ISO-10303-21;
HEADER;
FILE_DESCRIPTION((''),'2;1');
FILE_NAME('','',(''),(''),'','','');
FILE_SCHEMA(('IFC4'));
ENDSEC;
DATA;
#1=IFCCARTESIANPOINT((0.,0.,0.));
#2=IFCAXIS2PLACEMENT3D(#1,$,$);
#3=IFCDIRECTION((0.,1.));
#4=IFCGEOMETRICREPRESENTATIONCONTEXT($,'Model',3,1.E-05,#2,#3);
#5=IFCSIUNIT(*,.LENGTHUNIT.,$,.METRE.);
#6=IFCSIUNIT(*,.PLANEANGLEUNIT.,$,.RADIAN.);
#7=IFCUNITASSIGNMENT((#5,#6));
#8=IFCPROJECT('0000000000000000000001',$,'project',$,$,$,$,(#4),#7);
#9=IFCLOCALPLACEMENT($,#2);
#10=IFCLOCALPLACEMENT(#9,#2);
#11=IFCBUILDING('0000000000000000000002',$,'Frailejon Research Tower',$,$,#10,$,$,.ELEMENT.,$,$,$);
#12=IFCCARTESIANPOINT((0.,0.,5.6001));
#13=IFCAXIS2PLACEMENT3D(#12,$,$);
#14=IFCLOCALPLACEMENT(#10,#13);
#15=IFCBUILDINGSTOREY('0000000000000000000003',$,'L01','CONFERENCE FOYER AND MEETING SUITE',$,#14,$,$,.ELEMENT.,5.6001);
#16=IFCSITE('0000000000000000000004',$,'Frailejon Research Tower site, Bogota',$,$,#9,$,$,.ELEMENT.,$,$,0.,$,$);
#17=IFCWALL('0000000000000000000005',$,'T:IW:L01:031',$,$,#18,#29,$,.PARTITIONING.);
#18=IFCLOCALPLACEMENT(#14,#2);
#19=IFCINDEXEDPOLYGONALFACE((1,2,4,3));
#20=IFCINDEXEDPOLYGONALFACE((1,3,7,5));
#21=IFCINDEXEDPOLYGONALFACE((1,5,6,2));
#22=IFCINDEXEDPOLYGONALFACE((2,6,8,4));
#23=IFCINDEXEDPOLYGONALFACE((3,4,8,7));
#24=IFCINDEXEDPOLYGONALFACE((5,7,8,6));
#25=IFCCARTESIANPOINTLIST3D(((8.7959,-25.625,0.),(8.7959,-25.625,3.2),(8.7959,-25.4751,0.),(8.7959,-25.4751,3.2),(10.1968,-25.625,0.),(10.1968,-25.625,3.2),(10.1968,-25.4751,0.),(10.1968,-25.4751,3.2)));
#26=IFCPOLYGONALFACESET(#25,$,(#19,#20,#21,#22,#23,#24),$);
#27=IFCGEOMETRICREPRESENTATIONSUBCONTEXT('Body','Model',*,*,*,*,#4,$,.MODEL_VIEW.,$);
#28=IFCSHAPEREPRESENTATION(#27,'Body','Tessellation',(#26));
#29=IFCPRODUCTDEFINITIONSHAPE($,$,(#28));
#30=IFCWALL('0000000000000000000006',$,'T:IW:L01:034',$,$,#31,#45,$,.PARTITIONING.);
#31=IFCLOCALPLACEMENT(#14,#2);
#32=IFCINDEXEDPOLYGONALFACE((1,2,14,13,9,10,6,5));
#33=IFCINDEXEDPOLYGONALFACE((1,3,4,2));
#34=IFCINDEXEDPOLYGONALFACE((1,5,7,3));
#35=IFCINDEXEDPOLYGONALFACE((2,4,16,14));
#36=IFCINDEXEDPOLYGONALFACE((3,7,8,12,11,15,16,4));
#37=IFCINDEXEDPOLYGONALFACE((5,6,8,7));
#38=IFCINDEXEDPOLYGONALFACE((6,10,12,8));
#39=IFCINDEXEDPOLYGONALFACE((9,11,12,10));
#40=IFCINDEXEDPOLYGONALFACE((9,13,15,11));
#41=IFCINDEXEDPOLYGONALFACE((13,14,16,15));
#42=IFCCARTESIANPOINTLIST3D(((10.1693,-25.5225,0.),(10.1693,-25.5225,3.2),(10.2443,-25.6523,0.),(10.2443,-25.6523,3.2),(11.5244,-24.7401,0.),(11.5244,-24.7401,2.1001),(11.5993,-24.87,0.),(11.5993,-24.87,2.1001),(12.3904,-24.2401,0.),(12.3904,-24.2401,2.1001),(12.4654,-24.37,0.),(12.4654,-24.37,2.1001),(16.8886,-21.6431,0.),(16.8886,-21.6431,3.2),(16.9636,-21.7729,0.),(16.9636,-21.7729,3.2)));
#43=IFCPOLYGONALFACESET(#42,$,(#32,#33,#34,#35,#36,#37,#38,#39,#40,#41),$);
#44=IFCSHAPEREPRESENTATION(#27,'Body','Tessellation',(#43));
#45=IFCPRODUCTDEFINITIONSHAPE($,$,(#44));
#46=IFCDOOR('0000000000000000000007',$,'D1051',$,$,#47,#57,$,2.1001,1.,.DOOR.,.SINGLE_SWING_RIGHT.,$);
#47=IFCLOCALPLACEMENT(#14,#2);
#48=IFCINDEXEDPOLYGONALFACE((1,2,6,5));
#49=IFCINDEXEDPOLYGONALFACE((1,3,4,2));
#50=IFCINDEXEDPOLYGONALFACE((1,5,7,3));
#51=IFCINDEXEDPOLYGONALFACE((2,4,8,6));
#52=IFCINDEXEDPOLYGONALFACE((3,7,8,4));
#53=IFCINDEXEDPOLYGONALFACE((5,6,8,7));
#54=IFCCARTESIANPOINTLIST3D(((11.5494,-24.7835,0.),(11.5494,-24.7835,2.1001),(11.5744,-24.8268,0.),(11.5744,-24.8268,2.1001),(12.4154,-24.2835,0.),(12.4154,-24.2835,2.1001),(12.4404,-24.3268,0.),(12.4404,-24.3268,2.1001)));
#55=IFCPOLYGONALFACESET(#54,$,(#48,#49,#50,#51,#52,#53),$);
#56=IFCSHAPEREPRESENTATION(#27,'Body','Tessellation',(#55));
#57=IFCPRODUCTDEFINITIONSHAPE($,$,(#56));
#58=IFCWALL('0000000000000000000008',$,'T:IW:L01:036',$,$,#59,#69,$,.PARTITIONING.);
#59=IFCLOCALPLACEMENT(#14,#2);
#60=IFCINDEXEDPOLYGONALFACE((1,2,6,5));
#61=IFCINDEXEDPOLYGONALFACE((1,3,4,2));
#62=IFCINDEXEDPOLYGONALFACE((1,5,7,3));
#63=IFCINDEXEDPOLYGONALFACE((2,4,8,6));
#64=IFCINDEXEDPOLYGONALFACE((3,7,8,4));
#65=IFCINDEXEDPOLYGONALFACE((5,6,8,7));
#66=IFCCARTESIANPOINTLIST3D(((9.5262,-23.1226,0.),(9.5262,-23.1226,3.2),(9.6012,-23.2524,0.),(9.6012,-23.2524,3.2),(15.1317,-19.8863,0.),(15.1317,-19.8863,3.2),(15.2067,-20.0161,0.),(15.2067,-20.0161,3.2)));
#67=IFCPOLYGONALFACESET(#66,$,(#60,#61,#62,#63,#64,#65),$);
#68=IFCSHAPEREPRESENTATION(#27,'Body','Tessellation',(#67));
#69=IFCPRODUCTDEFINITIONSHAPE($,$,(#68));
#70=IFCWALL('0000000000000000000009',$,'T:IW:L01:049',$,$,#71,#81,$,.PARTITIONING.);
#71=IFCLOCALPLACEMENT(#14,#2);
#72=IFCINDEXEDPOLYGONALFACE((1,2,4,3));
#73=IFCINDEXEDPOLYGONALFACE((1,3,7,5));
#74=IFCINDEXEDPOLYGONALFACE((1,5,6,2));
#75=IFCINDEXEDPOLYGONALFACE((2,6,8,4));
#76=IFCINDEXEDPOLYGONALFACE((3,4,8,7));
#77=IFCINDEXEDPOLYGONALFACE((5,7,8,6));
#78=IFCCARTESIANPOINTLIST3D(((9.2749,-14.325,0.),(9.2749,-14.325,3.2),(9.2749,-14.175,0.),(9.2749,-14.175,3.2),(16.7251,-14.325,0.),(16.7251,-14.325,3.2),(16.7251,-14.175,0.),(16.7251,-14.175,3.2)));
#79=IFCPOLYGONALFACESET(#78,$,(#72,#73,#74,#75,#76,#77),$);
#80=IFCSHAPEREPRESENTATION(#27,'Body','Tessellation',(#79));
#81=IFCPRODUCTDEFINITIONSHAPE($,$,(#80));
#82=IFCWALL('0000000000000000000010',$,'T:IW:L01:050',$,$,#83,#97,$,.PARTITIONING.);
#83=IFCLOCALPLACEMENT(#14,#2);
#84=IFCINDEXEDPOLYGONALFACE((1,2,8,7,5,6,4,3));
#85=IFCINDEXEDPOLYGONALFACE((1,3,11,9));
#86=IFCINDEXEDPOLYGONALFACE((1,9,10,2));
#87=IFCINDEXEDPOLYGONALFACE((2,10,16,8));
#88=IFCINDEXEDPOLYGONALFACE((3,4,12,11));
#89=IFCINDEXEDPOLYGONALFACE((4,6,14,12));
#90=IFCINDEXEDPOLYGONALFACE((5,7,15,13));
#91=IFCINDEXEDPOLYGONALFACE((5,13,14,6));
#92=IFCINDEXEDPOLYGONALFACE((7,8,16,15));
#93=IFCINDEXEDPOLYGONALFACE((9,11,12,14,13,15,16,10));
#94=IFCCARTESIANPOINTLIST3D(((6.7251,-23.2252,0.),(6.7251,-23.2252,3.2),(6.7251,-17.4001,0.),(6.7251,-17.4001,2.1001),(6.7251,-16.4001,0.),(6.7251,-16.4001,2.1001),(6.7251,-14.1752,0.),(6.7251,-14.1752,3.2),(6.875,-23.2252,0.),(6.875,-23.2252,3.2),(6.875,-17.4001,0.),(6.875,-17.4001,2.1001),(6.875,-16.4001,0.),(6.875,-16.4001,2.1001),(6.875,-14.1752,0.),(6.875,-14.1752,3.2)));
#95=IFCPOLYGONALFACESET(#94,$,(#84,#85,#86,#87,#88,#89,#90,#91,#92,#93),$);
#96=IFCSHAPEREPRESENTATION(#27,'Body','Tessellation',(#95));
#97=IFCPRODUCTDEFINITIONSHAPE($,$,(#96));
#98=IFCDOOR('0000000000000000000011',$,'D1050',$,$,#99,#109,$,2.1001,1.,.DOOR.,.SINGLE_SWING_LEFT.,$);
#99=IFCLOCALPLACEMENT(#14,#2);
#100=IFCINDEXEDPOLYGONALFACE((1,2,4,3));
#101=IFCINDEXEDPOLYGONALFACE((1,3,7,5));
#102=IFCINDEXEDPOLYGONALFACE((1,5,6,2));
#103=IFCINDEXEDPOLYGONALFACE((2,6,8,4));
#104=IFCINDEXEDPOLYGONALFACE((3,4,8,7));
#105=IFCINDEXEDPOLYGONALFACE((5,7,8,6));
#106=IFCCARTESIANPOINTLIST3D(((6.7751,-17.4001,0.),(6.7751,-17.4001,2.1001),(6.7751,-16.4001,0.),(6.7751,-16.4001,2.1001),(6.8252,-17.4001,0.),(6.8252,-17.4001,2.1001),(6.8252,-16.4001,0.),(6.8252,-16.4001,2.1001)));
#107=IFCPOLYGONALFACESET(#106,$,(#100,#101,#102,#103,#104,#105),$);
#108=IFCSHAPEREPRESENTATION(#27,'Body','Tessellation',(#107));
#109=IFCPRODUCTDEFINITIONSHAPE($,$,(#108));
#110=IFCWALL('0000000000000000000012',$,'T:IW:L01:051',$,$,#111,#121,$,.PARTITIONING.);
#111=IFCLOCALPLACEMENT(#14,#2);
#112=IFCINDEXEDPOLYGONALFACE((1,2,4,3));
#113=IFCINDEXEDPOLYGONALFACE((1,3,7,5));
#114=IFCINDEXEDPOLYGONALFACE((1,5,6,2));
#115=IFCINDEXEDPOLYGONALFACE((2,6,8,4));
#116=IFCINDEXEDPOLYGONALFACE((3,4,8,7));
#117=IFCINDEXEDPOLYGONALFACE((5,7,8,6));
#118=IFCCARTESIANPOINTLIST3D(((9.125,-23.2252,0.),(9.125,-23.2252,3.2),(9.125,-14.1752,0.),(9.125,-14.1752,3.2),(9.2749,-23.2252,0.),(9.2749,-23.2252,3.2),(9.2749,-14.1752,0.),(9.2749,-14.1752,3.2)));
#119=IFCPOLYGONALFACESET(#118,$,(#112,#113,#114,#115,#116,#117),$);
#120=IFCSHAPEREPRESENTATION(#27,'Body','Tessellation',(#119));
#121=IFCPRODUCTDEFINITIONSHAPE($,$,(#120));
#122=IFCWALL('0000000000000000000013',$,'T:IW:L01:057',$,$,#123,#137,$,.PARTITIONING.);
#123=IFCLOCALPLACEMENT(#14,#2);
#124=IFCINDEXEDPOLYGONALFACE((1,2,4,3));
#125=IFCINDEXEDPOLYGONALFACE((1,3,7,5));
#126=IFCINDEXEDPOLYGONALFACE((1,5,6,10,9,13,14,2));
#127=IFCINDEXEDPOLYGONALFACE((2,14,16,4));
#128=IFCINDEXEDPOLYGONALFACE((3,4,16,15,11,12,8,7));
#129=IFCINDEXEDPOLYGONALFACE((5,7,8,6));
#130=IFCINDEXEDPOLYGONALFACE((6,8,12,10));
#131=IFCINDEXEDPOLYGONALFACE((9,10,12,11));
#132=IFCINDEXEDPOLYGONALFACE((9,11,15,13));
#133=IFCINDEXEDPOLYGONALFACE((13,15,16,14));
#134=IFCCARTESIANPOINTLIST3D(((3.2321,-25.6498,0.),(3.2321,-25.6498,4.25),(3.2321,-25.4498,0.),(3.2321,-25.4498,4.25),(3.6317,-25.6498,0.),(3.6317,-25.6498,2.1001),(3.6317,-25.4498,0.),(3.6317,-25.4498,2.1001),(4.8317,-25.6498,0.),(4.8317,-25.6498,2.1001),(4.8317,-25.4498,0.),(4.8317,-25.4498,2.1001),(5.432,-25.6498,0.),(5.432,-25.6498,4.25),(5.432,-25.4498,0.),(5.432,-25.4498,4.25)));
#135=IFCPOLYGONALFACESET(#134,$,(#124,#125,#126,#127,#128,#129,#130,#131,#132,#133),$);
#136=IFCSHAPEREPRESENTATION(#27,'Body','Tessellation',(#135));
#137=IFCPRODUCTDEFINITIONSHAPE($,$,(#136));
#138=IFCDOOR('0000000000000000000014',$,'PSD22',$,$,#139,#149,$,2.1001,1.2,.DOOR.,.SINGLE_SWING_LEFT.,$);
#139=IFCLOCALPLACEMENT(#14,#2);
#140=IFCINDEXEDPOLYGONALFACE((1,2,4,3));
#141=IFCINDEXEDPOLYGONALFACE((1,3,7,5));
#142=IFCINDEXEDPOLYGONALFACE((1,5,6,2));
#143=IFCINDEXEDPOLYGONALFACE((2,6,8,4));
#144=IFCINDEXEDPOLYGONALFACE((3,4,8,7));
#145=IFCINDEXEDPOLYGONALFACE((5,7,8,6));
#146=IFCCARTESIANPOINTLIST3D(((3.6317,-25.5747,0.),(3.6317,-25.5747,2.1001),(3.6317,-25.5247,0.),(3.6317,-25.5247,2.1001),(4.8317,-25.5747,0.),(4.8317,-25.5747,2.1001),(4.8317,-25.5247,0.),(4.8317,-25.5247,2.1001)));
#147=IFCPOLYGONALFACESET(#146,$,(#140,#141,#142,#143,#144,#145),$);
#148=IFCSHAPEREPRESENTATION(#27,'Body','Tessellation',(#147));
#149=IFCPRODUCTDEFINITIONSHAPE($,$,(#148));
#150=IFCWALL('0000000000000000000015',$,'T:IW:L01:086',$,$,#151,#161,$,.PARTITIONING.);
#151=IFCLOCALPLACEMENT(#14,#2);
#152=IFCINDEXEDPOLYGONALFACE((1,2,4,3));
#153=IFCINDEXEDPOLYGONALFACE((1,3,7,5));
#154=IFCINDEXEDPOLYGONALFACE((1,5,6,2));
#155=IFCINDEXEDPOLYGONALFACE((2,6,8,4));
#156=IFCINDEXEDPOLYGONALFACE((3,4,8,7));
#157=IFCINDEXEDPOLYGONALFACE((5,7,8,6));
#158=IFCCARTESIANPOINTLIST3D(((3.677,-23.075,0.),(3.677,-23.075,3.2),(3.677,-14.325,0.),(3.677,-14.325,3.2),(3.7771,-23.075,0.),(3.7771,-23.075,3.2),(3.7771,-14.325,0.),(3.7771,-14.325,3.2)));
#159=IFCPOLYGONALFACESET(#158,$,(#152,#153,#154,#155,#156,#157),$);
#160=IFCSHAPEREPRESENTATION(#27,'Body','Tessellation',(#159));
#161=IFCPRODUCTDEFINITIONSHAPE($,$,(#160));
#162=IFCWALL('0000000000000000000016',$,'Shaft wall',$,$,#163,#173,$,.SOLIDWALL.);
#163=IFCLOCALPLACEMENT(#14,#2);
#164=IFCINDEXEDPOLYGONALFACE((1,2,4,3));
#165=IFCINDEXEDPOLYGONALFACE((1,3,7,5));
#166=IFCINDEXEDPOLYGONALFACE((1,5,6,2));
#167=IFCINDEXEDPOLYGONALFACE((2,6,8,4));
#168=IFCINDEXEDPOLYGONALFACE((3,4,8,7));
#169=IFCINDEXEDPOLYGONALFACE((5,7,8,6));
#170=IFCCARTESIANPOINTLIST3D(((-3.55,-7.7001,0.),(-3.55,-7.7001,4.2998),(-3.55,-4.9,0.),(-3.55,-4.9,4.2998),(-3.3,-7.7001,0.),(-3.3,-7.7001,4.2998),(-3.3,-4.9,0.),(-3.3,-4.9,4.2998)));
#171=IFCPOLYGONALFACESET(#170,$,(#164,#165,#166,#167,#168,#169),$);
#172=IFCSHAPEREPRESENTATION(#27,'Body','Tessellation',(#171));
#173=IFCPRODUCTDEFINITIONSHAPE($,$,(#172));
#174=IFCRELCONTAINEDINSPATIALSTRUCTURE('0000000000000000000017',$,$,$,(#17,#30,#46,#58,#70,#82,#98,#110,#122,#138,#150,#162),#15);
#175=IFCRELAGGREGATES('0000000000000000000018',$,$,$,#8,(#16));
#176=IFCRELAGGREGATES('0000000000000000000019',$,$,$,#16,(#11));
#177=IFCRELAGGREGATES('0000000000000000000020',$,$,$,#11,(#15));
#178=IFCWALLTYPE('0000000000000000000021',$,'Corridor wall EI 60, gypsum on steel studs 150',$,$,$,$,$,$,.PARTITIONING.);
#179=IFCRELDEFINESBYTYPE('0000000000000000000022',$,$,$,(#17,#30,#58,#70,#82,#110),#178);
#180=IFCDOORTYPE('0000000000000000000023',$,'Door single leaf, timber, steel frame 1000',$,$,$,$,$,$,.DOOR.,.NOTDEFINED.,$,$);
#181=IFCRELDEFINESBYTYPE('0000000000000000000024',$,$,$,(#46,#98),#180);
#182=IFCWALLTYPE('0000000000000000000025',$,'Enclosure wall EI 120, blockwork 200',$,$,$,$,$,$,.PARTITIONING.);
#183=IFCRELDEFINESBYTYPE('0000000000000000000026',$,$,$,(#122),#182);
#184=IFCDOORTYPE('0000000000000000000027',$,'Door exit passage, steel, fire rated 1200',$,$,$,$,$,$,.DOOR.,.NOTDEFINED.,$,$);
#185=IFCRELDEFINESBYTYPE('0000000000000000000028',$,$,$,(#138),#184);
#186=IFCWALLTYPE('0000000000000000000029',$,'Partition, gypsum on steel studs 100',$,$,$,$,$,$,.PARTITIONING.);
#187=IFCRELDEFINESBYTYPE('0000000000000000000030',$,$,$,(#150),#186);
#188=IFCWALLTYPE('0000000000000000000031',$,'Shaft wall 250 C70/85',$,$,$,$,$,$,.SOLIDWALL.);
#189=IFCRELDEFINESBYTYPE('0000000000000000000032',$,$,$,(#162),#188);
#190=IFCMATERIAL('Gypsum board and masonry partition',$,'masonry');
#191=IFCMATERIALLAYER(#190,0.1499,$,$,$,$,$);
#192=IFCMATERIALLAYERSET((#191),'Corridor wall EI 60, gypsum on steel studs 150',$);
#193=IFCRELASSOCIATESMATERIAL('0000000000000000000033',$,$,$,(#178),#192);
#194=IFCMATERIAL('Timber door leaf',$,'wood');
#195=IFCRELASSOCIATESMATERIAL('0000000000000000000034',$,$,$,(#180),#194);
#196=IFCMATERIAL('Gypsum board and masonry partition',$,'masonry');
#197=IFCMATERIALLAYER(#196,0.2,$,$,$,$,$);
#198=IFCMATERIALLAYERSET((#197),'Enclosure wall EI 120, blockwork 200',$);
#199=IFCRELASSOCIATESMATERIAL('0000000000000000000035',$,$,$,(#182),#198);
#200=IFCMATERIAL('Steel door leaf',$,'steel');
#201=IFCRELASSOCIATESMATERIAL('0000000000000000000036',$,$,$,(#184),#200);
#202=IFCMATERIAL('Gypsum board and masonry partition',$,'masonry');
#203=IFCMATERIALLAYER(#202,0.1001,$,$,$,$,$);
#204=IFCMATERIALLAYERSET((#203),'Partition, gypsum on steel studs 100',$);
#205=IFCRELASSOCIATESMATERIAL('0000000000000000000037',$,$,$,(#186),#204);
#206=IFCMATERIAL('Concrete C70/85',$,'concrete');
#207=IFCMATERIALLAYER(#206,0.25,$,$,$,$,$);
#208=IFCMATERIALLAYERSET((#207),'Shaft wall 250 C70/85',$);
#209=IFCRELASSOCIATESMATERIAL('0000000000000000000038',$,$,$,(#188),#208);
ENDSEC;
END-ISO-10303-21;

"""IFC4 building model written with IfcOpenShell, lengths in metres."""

from ifc_helpers import new_model, si_unit, direction, frame, frame_2d, origin, place, context, subcontext, project, spatial, rectangle, extrude, material, layer, layer_set, type_object, element, fill, save


model = new_model("IFC4")

# Units and contexts
model_context = context("Model", 3, precision=1e-05, world=origin(), true_north=direction((0.0, 1.0)))
body_context = subcontext(model_context, "Body", "Model", "MODEL_VIEW")
ifc_project = project(units=[si_unit("LENGTHUNIT", "METRE"), si_unit("PLANEANGLEUNIT", "RADIAN")], contexts=[model_context])

# Site, building, storey
site_placement = place(None, origin())
site = spatial("IfcSite", under=ifc_project, at=site_placement, Name="Frailejon Research Tower site, Bogota", CompositionType="ELEMENT", RefElevation=0.0)
building_placement = place(site_placement, origin())
building = spatial("IfcBuilding", under=site, at=building_placement, Name="Frailejon Research Tower", CompositionType="ELEMENT")
storey_placement = place(building_placement, frame((0.0, 0.0, 5.6001)))
storey = spatial("IfcBuildingStorey", under=building, at=storey_placement, Name="L01", Description="CONFERENCE FOYER AND MEETING SUITE", CompositionType="ELEMENT", Elevation=5.6001)

# Shared definitions
ifc_material_1 = material(Name="Gypsum board and masonry partition", Category="masonry")
ifc_layer_1 = layer(ifc_material_1, 0.1499)
ifc_layer_set_1 = layer_set([ifc_layer_1], Name="Corridor wall EI 60, gypsum on steel studs 150")
wall_type_1 = type_object("IfcWallType", Name="Corridor wall EI 60, gypsum on steel studs 150", PredefinedType="PARTITIONING", material=ifc_layer_set_1)

# Wall
wall_1_placement = place(storey_placement, frame((8.7959, -25.55, 0.0), z_axis=(0.0, 0.0, 1.0), x_axis=(1.0, 0.0, 0.0)))
element("IfcWall", 1, at=wall_1_placement, inside=storey, type_object=wall_type_1, Name="T:IW:L01:031", PredefinedType="PARTITIONING", context=body_context, shape_type="SweptSolid", body=[
    extrude(rectangle(XDim=1.4009, YDim=0.1499, at=frame_2d((0.7004, 0.0))), origin(), (0.0, 0.0, 1.0), 3.2),
])

# Wall, opening, door
wall_2_placement = place(storey_placement, frame((10.2068, -25.5874, 0.0), z_axis=(0.0, 0.0, 1.0), x_axis=(0.866023, 0.500004, 0.0)))
wall_2 = element("IfcWall", 2, at=wall_2_placement, inside=storey, type_object=wall_type_1, Name="T:IW:L01:034", PredefinedType="PARTITIONING", context=body_context, shape_type="SweptSolid", body=[
    extrude(rectangle(XDim=7.7588, YDim=0.1499, at=frame_2d((3.8794, 0.0))), origin(), (0.0, 0.0, 1.0), 3.2),
])
opening_1_placement = place(wall_2_placement, frame((1.5647, 0.0, 0.0)))
opening_1 = element("IfcOpeningElement", 3, at=opening_1_placement, cuts=wall_2, PredefinedType="OPENING", context=body_context, shape_type="SweptSolid", body=[
    extrude(rectangle(XDim=1.0, YDim=2.1001, at=frame_2d((0.5, 1.05))), frame((0.0, 0.085, 0.0), z_axis=(0.0, -1.0, 0.0), x_axis=(1.0, 0.0, 0.0)), (0.0, 0.0, 1.0), 0.1699),
])
ifc_material_2 = material(Name="Timber door leaf", Category="wood")
door_type_1 = type_object("IfcDoorType", Name="Door single leaf, timber, steel frame 1000", OperationType="NOTDEFINED", PredefinedType="DOOR", material=ifc_material_2)
door_1_placement = place(opening_1_placement, origin())
door_1 = element("IfcDoor", 4, at=door_1_placement, inside=storey, type_object=door_type_1, Name="D1051", OperationType="SINGLE_SWING_RIGHT", OverallHeight=2.1001, OverallWidth=1.0, PredefinedType="DOOR", context=body_context, shape_type="SweptSolid", body=[
    extrude(rectangle(XDim=1.0, YDim=2.1001, at=frame_2d((0.5, 1.05))), frame((0.0, 0.0249, 0.0), z_axis=(0.0, -1.0, 0.0), x_axis=(1.0, 0.0, 0.0)), (0.0, 0.0, 1.0), 0.05),
])
fill(opening_1, door_1)

# Walls
wall_3_placement = place(storey_placement, frame((9.5637, -23.1875, 0.0), z_axis=(0.0, 0.0, 1.0), x_axis=(0.866025, 0.500001, 0.0)))
element("IfcWall", 5, at=wall_3_placement, inside=storey, type_object=wall_type_1, Name="T:IW:L01:036", PredefinedType="PARTITIONING", context=body_context, shape_type="SweptSolid", body=[
    extrude(rectangle(XDim=6.4727, YDim=0.1499, at=frame_2d((3.2363, 0.0))), origin(), (0.0, 0.0, 1.0), 3.2),
])
wall_4_placement = place(storey_placement, frame((9.2749, -14.25, 0.0), z_axis=(0.0, 0.0, 1.0), x_axis=(1.0, 0.0, 0.0)))
element("IfcWall", 6, at=wall_4_placement, inside=storey, type_object=wall_type_1, Name="T:IW:L01:049", PredefinedType="PARTITIONING", context=body_context, shape_type="SweptSolid", body=[
    extrude(rectangle(XDim=7.4502, YDim=0.1499, at=frame_2d((3.7251, 0.0))), origin(), (0.0, 0.0, 1.0), 3.2),
])

# Wall, opening, door
wall_5_placement = place(storey_placement, frame((6.8, -23.2251, 0.0), z_axis=(0.0, 0.0, 1.0), x_axis=(0.0, 1.0, 0.0)))
wall_5 = element("IfcWall", 7, at=wall_5_placement, inside=storey, type_object=wall_type_1, Name="T:IW:L01:050", PredefinedType="PARTITIONING", context=body_context, shape_type="SweptSolid", body=[
    extrude(rectangle(XDim=9.05, YDim=0.1499, at=frame_2d((4.5249, 0.0))), origin(), (0.0, 0.0, 1.0), 3.2),
])
opening_2_placement = place(wall_5_placement, frame((5.825, 0.0, 0.0)))
opening_2 = element("IfcOpeningElement", 8, at=opening_2_placement, cuts=wall_5, PredefinedType="OPENING", context=body_context, shape_type="SweptSolid", body=[
    extrude(rectangle(XDim=1.0, YDim=2.1001, at=frame_2d((0.5, 1.05))), frame((0.0, 0.085, 0.0), z_axis=(0.0, -1.0, 0.0), x_axis=(1.0, 0.0, 0.0)), (0.0, 0.0, 1.0), 0.1699),
])
door_2_placement = place(opening_2_placement, origin())
door_2 = element("IfcDoor", 9, at=door_2_placement, inside=storey, type_object=door_type_1, Name="D1050", OperationType="SINGLE_SWING_LEFT", OverallHeight=2.1001, OverallWidth=1.0, PredefinedType="DOOR", context=body_context, shape_type="SweptSolid", body=[
    extrude(rectangle(XDim=1.0, YDim=2.1001, at=frame_2d((0.5, 1.05))), frame((0.0, 0.0249, 0.0), z_axis=(0.0, -1.0, 0.0), x_axis=(1.0, 0.0, 0.0)), (0.0, 0.0, 1.0), 0.05),
])
fill(opening_2, door_2)

# Wall
wall_6_placement = place(storey_placement, frame((9.2, -23.2251, 0.0), z_axis=(0.0, 0.0, 1.0), x_axis=(0.0, 1.0, 0.0)))
element("IfcWall", 10, at=wall_6_placement, inside=storey, type_object=wall_type_1, Name="T:IW:L01:051", PredefinedType="PARTITIONING", context=body_context, shape_type="SweptSolid", body=[
    extrude(rectangle(XDim=9.05, YDim=0.1499, at=frame_2d((4.5249, 0.0))), origin(), (0.0, 0.0, 1.0), 3.2),
])

# Wall, opening, door
ifc_material_3 = material(Name="Gypsum board and masonry partition", Category="masonry")
ifc_layer_2 = layer(ifc_material_3, 0.2)
ifc_layer_set_2 = layer_set([ifc_layer_2], Name="Enclosure wall EI 120, blockwork 200")
wall_type_2 = type_object("IfcWallType", Name="Enclosure wall EI 120, blockwork 200", PredefinedType="PARTITIONING", material=ifc_layer_set_2)
wall_7_placement = place(storey_placement, frame((3.2319, -25.5498, 0.0), z_axis=(0.0, 0.0, 1.0), x_axis=(1.0, 0.0, 0.0)))
wall_7 = element("IfcWall", 11, at=wall_7_placement, inside=storey, type_object=wall_type_2, Name="T:IW:L01:057", PredefinedType="PARTITIONING", context=body_context, shape_type="SweptSolid", body=[
    extrude(rectangle(XDim=2.2, YDim=0.2, at=frame_2d((1.1001, 0.0))), origin(), (0.0, 0.0, 1.0), 4.25),
])
opening_3_placement = place(wall_7_placement, frame((1.5999, 0.0, 0.0), z_axis=(0.0, 0.0, 1.0), x_axis=(-1.0, 0.0, 0.0)))
opening_3 = element("IfcOpeningElement", 12, at=opening_3_placement, cuts=wall_7, PredefinedType="OPENING", context=body_context, shape_type="SweptSolid", body=[
    extrude(rectangle(XDim=1.2, YDim=2.1001, at=frame_2d((0.6001, 1.05))), frame((0.0, 0.1099, 0.0), z_axis=(0.0, -1.0, 0.0), x_axis=(1.0, 0.0, 0.0)), (0.0, 0.0, 1.0), 0.22),
])
ifc_material_4 = material(Name="Steel door leaf", Category="steel")
door_type_2 = type_object("IfcDoorType", Name="Door exit passage, steel, fire rated 1200", OperationType="NOTDEFINED", PredefinedType="DOOR", material=ifc_material_4)
door_3_placement = place(opening_3_placement, origin())
door_3 = element("IfcDoor", 13, at=door_3_placement, inside=storey, type_object=door_type_2, Name="PSD22", OperationType="SINGLE_SWING_LEFT", OverallHeight=2.1001, OverallWidth=1.2, PredefinedType="DOOR", context=body_context, shape_type="SweptSolid", body=[
    extrude(rectangle(XDim=1.2, YDim=2.1001, at=frame_2d((0.6001, 1.05))), frame((0.0, 0.0249, 0.0), z_axis=(0.0, -1.0, 0.0), x_axis=(1.0, 0.0, 0.0)), (0.0, 0.0, 1.0), 0.05),
])
fill(opening_3, door_3)

# Walls
ifc_material_5 = material(Name="Gypsum board and masonry partition", Category="masonry")
ifc_layer_3 = layer(ifc_material_5, 0.1001)
ifc_layer_set_3 = layer_set([ifc_layer_3], Name="Partition, gypsum on steel studs 100")
wall_type_3 = type_object("IfcWallType", Name="Partition, gypsum on steel studs 100", PredefinedType="PARTITIONING", material=ifc_layer_set_3)
wall_8_placement = place(storey_placement, frame((3.7271, -23.075, 0.0), z_axis=(0.0, 0.0, 1.0), x_axis=(0.0, 1.0, 0.0)))
element("IfcWall", 14, at=wall_8_placement, inside=storey, type_object=wall_type_3, Name="T:IW:L01:086", PredefinedType="PARTITIONING", context=body_context, shape_type="SweptSolid", body=[
    extrude(rectangle(XDim=8.75, YDim=0.1001, at=frame_2d((4.375, 0.0))), origin(), (0.0, 0.0, 1.0), 3.2),
])
ifc_material_6 = material(Name="Concrete C70/85", Category="concrete")
ifc_layer_4 = layer(ifc_material_6, 0.25)
ifc_layer_set_4 = layer_set([ifc_layer_4], Name="Shaft wall 250 C70/85")
wall_type_4 = type_object("IfcWallType", Name="Shaft wall 250 C70/85", PredefinedType="SOLIDWALL", material=ifc_layer_set_4)
wall_9_placement = place(storey_placement, frame((-3.425, -7.7, 0.0), z_axis=(0.0, 0.0, 1.0), x_axis=(0.0, 1.0, 0.0)))
element("IfcWall", 15, at=wall_9_placement, inside=storey, type_object=wall_type_4, Name="Shaft wall", PredefinedType="SOLIDWALL", context=body_context, shape_type="SweptSolid", body=[
    extrude(rectangle(XDim=2.8, YDim=0.25, at=frame_2d((1.3999, 0.0))), origin(), (0.0, 0.0, 1.0), 4.2998),
])

save(model, "model.ifc")
